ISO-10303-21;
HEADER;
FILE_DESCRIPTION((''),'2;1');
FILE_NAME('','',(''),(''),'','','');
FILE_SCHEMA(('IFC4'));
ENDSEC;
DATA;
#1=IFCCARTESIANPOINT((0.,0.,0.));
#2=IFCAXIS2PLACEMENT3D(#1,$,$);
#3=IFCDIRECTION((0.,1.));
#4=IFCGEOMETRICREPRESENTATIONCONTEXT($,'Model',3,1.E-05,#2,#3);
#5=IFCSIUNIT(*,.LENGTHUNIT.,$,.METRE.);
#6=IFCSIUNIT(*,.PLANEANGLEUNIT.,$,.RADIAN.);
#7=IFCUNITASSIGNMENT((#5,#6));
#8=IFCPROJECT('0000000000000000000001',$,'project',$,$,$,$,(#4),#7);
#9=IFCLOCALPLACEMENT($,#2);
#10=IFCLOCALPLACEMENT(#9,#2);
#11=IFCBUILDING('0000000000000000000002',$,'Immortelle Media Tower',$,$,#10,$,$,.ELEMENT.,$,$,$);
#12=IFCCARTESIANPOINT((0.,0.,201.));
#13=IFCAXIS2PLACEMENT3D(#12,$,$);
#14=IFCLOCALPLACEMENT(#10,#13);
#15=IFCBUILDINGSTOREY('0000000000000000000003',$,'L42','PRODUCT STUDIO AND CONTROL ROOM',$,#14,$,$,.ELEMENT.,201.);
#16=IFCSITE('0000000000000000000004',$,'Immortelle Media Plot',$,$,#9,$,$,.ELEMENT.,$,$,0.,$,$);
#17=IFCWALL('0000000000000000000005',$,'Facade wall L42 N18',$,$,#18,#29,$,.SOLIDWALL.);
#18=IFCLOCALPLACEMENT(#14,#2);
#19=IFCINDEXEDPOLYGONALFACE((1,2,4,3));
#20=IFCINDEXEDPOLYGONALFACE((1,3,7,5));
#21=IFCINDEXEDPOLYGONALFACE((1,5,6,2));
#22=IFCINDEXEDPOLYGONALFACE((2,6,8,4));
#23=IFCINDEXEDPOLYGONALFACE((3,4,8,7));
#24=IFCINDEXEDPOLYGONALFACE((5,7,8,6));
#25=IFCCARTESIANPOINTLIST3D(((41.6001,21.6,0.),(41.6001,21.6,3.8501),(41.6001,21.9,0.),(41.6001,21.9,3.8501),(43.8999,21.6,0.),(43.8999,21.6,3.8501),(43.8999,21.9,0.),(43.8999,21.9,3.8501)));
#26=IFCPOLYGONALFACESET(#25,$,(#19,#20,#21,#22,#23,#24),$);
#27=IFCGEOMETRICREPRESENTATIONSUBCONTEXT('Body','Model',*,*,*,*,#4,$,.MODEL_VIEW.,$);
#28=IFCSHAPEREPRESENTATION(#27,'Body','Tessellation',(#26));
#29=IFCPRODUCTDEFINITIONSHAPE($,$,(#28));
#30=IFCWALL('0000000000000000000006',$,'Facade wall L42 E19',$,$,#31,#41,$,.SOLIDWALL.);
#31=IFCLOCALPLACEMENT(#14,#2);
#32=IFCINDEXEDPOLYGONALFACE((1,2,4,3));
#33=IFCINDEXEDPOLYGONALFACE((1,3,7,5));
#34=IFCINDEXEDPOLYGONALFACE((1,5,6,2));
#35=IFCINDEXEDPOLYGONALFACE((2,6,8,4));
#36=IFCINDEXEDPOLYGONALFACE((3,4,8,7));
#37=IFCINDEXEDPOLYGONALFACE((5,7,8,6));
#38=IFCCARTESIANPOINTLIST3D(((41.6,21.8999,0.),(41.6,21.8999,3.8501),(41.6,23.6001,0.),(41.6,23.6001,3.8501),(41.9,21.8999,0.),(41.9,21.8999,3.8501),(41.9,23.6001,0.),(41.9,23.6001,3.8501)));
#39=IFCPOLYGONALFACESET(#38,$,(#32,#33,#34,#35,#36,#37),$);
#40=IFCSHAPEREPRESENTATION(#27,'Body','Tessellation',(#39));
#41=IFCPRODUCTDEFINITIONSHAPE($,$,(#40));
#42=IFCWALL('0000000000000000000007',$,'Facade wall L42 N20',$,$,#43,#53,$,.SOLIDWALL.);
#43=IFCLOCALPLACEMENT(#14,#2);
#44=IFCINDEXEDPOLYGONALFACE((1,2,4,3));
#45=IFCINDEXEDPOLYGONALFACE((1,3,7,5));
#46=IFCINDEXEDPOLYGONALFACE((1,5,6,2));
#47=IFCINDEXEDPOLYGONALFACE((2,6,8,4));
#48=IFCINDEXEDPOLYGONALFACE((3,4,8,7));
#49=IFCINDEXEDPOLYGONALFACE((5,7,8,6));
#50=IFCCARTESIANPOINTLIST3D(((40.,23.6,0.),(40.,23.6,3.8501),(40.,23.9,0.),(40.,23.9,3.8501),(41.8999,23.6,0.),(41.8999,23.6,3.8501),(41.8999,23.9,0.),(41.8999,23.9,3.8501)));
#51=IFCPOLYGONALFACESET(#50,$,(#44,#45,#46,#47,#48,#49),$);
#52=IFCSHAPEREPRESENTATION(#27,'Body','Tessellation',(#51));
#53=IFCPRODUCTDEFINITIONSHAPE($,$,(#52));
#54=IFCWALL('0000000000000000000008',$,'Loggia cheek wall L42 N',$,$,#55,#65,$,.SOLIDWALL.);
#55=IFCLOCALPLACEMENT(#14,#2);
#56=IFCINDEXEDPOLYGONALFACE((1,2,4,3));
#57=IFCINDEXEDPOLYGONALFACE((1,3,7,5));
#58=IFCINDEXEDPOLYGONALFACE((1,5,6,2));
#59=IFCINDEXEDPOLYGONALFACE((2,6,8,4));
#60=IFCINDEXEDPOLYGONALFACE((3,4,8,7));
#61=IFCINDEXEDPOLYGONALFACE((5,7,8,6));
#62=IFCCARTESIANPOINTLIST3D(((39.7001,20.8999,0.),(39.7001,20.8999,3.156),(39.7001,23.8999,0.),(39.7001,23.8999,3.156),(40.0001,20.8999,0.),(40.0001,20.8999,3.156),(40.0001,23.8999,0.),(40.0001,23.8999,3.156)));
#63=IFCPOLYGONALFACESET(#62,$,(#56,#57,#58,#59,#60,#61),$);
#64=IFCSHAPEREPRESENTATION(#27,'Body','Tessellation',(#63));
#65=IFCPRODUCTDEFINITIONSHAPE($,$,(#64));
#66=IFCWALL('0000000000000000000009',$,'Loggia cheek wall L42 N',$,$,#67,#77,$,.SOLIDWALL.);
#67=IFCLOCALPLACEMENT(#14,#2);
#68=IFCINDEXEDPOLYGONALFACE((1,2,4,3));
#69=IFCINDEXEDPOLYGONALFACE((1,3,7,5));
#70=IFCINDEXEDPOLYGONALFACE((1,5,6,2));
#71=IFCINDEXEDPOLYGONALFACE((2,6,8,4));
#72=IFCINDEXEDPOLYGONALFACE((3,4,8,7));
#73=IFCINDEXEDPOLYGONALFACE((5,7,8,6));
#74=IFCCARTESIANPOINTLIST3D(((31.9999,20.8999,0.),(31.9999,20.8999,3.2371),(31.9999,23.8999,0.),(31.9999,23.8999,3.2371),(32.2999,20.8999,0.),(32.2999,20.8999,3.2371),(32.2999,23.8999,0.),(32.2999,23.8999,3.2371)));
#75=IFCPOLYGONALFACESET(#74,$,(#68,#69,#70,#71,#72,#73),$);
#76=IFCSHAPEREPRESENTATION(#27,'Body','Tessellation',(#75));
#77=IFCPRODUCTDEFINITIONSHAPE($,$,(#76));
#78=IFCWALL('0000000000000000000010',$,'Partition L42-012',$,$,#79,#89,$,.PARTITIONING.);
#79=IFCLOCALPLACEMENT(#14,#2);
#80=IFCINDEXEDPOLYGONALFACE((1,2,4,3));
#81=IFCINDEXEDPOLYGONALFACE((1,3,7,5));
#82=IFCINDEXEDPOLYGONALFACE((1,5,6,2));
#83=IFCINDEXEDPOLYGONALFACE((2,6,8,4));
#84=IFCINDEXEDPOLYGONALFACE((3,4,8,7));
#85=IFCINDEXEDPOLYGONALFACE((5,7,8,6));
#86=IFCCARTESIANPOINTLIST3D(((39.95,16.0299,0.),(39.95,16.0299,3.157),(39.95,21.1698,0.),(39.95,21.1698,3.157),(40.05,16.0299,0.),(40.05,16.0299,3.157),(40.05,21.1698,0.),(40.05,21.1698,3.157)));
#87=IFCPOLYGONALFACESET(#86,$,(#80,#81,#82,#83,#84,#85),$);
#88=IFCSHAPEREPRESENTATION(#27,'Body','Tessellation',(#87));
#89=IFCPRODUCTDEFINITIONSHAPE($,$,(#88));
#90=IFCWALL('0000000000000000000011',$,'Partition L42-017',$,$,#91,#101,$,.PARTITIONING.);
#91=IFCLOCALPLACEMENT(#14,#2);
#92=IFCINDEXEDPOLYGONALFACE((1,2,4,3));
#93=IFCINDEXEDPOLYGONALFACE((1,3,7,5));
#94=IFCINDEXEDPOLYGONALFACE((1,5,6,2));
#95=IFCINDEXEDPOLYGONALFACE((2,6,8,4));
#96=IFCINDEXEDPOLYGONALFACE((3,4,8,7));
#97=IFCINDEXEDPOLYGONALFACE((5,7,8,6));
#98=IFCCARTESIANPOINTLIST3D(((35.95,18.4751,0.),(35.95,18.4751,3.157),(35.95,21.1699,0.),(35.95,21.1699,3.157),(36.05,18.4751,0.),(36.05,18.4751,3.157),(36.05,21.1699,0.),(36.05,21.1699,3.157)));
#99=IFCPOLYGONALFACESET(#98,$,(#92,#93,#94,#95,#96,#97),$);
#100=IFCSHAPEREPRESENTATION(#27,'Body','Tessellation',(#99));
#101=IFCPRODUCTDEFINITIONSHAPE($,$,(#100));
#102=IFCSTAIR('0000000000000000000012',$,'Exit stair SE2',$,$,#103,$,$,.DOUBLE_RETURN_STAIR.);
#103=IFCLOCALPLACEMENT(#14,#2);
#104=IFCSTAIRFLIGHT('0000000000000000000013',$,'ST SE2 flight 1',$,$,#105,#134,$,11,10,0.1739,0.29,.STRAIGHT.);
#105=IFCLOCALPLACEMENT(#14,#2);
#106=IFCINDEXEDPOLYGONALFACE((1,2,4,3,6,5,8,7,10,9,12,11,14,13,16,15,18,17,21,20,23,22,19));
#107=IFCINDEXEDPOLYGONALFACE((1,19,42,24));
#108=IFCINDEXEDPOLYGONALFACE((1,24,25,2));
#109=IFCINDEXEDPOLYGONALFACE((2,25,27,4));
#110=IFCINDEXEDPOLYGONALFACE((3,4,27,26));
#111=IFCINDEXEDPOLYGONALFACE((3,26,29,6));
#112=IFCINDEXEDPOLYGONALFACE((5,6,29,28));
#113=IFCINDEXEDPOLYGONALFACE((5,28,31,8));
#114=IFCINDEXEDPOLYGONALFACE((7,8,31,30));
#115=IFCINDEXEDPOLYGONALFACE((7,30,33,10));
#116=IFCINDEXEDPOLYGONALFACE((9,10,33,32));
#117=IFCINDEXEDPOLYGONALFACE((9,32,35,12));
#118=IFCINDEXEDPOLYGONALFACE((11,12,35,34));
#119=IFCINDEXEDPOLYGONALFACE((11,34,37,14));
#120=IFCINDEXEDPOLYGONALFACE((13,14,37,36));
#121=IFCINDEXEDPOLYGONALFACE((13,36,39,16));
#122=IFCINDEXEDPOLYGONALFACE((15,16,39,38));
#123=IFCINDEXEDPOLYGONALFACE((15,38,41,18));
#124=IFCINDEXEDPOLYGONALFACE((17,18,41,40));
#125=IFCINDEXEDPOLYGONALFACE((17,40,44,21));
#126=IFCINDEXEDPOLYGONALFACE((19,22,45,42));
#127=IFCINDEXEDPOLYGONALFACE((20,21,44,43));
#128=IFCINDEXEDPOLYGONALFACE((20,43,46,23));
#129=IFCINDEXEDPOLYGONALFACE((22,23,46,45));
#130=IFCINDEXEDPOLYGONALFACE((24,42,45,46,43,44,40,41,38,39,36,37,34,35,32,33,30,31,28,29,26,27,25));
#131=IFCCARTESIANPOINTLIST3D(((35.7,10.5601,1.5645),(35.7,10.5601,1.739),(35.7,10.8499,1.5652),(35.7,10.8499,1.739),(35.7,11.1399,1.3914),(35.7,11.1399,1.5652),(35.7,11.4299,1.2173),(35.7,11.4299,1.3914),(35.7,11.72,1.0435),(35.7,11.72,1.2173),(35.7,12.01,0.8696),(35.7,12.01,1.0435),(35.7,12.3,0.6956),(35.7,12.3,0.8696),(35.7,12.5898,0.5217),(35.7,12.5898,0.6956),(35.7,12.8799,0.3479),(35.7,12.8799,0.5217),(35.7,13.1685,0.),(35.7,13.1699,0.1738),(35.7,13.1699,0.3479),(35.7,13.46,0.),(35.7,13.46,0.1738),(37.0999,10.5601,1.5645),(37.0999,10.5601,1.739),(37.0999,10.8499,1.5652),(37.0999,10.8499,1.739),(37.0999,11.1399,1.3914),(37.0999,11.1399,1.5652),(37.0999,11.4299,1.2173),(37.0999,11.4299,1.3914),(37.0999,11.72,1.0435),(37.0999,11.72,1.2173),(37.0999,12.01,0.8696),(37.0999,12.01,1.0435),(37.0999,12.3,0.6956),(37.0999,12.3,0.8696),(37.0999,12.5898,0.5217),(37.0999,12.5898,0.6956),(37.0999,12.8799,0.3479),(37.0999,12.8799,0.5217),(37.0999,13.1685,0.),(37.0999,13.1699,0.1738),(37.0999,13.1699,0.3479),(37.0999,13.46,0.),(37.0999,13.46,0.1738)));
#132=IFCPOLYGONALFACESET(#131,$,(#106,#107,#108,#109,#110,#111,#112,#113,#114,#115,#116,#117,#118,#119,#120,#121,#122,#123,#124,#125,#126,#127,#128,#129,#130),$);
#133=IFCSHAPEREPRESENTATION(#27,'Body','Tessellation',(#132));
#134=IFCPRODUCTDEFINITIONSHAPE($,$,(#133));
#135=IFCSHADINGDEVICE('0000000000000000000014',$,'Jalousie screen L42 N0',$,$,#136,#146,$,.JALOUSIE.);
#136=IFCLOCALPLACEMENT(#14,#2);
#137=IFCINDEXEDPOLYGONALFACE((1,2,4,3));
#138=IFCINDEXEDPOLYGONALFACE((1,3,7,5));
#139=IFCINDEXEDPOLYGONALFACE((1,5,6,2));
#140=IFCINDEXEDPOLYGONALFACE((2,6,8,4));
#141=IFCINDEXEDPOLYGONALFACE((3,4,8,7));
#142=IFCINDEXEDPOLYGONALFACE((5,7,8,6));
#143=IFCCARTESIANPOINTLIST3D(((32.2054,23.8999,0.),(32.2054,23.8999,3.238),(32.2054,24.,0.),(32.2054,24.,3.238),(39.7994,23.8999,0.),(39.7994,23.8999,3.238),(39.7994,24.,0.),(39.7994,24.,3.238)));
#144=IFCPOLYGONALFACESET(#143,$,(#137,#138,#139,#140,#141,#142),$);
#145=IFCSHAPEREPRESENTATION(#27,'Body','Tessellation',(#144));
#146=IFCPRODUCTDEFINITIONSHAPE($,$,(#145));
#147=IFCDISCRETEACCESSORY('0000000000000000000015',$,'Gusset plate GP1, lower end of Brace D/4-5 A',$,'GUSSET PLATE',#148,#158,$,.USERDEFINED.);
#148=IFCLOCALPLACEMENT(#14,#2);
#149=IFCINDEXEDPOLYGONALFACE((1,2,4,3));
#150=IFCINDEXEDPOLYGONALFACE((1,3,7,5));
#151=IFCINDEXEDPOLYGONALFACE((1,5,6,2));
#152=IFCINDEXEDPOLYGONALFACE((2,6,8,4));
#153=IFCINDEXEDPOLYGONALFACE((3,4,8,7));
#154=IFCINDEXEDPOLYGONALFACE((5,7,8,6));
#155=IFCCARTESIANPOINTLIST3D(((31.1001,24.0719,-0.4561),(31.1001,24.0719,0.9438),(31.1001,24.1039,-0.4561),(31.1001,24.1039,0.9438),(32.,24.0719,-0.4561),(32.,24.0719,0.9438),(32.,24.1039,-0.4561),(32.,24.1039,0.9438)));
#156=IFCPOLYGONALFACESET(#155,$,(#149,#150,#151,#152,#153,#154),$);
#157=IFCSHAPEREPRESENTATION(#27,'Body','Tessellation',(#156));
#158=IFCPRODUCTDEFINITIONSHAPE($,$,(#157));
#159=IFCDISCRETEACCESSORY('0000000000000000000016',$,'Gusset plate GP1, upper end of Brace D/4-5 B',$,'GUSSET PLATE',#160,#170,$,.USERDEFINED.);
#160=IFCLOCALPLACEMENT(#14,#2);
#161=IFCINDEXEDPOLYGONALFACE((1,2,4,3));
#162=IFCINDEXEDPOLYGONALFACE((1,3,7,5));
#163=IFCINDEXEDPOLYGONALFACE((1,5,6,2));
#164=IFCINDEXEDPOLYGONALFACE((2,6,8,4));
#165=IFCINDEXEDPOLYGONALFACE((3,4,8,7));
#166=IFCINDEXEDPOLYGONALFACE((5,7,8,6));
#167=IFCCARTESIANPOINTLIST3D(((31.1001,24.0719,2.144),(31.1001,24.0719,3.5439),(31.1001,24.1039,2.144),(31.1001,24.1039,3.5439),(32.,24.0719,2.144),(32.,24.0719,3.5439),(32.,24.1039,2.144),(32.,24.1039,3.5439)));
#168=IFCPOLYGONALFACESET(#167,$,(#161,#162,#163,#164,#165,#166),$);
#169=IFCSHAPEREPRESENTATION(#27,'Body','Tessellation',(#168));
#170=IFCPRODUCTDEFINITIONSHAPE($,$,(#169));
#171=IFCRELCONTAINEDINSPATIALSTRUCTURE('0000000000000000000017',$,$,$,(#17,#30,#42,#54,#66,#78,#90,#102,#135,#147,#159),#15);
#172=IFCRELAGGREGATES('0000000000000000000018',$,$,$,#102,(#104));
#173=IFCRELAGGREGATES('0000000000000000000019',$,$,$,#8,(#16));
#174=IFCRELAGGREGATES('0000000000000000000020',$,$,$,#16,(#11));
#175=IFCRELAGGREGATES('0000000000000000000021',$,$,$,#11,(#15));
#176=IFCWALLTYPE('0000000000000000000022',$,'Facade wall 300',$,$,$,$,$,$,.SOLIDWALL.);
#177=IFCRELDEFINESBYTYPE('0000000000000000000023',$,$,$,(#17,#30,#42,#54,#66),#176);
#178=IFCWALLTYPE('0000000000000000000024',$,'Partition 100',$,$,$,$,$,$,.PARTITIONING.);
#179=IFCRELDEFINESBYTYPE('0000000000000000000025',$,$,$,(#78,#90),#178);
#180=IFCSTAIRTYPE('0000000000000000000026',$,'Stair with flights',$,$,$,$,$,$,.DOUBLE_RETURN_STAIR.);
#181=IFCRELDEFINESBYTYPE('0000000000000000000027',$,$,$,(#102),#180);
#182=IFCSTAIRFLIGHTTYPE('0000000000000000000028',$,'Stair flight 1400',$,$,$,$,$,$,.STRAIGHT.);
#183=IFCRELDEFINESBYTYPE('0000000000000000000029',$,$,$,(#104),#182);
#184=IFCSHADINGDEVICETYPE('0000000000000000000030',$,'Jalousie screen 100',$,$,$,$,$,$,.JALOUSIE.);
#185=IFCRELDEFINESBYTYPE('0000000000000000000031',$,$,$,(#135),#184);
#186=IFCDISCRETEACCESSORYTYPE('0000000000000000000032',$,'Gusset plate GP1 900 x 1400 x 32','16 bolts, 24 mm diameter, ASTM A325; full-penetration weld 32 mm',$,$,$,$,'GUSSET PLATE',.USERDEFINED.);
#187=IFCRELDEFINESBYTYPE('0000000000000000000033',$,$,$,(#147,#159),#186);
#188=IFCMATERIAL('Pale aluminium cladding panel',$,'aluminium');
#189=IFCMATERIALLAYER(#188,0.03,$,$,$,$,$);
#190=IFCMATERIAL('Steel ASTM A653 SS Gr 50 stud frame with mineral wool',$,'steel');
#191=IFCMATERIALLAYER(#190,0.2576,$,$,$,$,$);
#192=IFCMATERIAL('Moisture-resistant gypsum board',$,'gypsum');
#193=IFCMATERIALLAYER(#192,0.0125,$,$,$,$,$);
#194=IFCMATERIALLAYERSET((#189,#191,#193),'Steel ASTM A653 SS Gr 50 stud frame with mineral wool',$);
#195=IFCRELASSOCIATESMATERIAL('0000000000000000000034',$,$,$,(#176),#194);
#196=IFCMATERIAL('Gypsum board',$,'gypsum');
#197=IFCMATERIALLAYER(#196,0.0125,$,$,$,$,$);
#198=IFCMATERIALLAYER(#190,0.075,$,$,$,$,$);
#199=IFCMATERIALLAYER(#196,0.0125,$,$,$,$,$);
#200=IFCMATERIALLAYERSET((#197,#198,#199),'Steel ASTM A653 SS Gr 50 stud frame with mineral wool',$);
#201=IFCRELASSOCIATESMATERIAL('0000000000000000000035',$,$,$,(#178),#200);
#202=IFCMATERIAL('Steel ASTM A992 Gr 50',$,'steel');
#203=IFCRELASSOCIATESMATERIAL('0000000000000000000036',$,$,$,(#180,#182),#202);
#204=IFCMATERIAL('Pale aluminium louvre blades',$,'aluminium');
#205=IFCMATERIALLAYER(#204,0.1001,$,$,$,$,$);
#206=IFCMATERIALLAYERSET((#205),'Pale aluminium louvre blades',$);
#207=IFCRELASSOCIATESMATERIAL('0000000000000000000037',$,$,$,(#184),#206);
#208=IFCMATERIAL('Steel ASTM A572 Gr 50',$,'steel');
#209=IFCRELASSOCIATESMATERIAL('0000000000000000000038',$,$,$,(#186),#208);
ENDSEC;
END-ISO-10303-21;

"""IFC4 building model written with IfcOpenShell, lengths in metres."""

from ifc_helpers import new_model, si_unit, direction, frame, frame_2d, origin, origin_2d, place, context, subcontext, project, spatial, polyline, rectangle, outline, extrude, material, layer, layer_set, material_profile, profile_set, type_object, element, aggregate, save


model = new_model("IFC4")

# Units and contexts
model_context = context("Model", 3, precision=1e-05, world=origin(), true_north=direction((0.0, 1.0)))
body_context = subcontext(model_context, "Body", "Model", "MODEL_VIEW")
ifc_project = project(units=[si_unit("LENGTHUNIT", "METRE"), si_unit("PLANEANGLEUNIT", "RADIAN")], contexts=[model_context])

# Site, building, storey
site_placement = place(None, origin())
site = spatial("IfcSite", under=ifc_project, at=site_placement, Name="Immortelle Media Plot", CompositionType="ELEMENT", RefElevation=0.0)
building_placement = place(site_placement, origin())
building = spatial("IfcBuilding", under=site, at=building_placement, Name="Immortelle Media Tower", CompositionType="ELEMENT")
storey_placement = place(building_placement, frame((0.0, 0.0, 201.0)))
storey = spatial("IfcBuildingStorey", under=building, at=storey_placement, Name="L42", Description="PRODUCT STUDIO AND CONTROL ROOM", CompositionType="ELEMENT", Elevation=201.0)

# Shared definitions
ifc_material_1 = material(Name="Steel ASTM A992 Gr 50", Category="steel")

# Walls
ifc_material_2 = material(Name="Steel ASTM A653 SS Gr 50 stud frame with mineral wool", Category="steel")
ifc_material_3 = material(Name="Pale aluminium cladding panel", Category="aluminium")
ifc_layer_1 = layer(ifc_material_3, 0.03)
ifc_layer_2 = layer(ifc_material_2, 0.2576)
ifc_material_4 = material(Name="Moisture-resistant gypsum board", Category="gypsum")
ifc_layer_3 = layer(ifc_material_4, 0.0125)
ifc_layer_set_1 = layer_set([ifc_layer_1, ifc_layer_2, ifc_layer_3], Name="Steel ASTM A653 SS Gr 50 stud frame with mineral wool")
wall_type_1 = type_object("IfcWallType", Name="Facade wall 300", PredefinedType="SOLIDWALL", material=ifc_layer_set_1)
wall_1_placement = place(storey_placement, frame((43.8999, 21.75, 0.0), z_axis=(0.0, 0.0, 1.0), x_axis=(-1.0, 0.0, 0.0)))
element("IfcWall", 1, at=wall_1_placement, inside=storey, type_object=wall_type_1, Name="Facade wall L42 N18", PredefinedType="SOLIDWALL", context=body_context, shape_type="SweptSolid", body=[
    extrude(rectangle(XDim=2.2998, YDim=0.3, at=frame_2d((1.1499, 0.0))), origin(), (0.0, 0.0, 1.0), 3.8501),
])
wall_2_placement = place(storey_placement, frame((41.75, 21.8999, 0.0), z_axis=(0.0, 0.0, 1.0), x_axis=(0.0, 1.0, 0.0)))
element("IfcWall", 2, at=wall_2_placement, inside=storey, type_object=wall_type_1, Name="Facade wall L42 E19", PredefinedType="SOLIDWALL", context=body_context, shape_type="SweptSolid", body=[
    extrude(rectangle(XDim=1.7002, YDim=0.3, at=frame_2d((0.8501, 0.0))), origin(), (0.0, 0.0, 1.0), 3.8501),
])
wall_3_placement = place(storey_placement, frame((41.8999, 23.75, 0.0), z_axis=(0.0, 0.0, 1.0), x_axis=(-1.0, 0.0, 0.0)))
element("IfcWall", 3, at=wall_3_placement, inside=storey, type_object=wall_type_1, Name="Facade wall L42 N20", PredefinedType="SOLIDWALL", context=body_context, shape_type="SweptSolid", body=[
    extrude(rectangle(XDim=1.8999, YDim=0.3, at=frame_2d((0.95, 0.0))), origin(), (0.0, 0.0, 1.0), 3.8501),
])

# Walls
wall_4_placement = place(storey_placement, frame((39.8501, 23.8999, 0.0), z_axis=(0.0, 0.0, 1.0), x_axis=(0.0, -1.0, 0.0)))
element("IfcWall", 4, at=wall_4_placement, inside=storey, type_object=wall_type_1, Name="Loggia cheek wall L42 N", PredefinedType="SOLIDWALL", context=body_context, shape_type="SweptSolid", body=[
    extrude(rectangle(XDim=3.0, YDim=0.3, at=frame_2d((1.5, 0.0))), origin(), (0.0, 0.0, 1.0), 3.156),
])
wall_5_placement = place(storey_placement, frame((32.1499, 23.8999, 0.0), z_axis=(0.0, 0.0, 1.0), x_axis=(0.0, -1.0, 0.0)))
element("IfcWall", 5, at=wall_5_placement, inside=storey, type_object=wall_type_1, Name="Loggia cheek wall L42 N", PredefinedType="SOLIDWALL", context=body_context, shape_type="SweptSolid", body=[
    extrude(rectangle(XDim=3.0, YDim=0.3, at=frame_2d((1.5, 0.0))), origin(), (0.0, 0.0, 1.0), 3.2371),
])
ifc_material_5 = material(Name="Gypsum board", Category="gypsum")
ifc_layer_4 = layer(ifc_material_5, 0.0125)
ifc_layer_5 = layer(ifc_material_2, 0.075)
ifc_layer_6 = layer(ifc_material_5, 0.0125)
ifc_layer_set_2 = layer_set([ifc_layer_4, ifc_layer_5, ifc_layer_6], Name="Steel ASTM A653 SS Gr 50 stud frame with mineral wool")
wall_type_2 = type_object("IfcWallType", Name="Partition 100", PredefinedType="PARTITIONING", material=ifc_layer_set_2)
wall_6_placement = place(storey_placement, frame((40.0, 16.03, 0.0), z_axis=(0.0, 0.0, 1.0), x_axis=(0.0, 1.0, 0.0)))
element("IfcWall", 6, at=wall_6_placement, inside=storey, type_object=wall_type_2, Name="Partition L42-012", PredefinedType="PARTITIONING", context=body_context, shape_type="SweptSolid", body=[
    extrude(rectangle(XDim=5.1399, YDim=0.1001, at=frame_2d((2.5698, 0.0))), origin(), (0.0, 0.0, 1.0), 3.157),
])
wall_7_placement = place(storey_placement, frame((36.0, 18.4751, 0.0), z_axis=(0.0, 0.0, 1.0), x_axis=(0.0, 1.0, 0.0)))
element("IfcWall", 7, at=wall_7_placement, inside=storey, type_object=wall_type_2, Name="Partition L42-017", PredefinedType="PARTITIONING", context=body_context, shape_type="SweptSolid", body=[
    extrude(rectangle(XDim=2.6948, YDim=0.1001, at=frame_2d((1.3474, 0.0))), origin(), (0.0, 0.0, 1.0), 3.157),
])

# Stair, stair flight
stair_type = type_object("IfcStairType", Name="Stair with flights", PredefinedType="DOUBLE_RETURN_STAIR", material=ifc_material_1)
stair_placement = place(storey_placement, origin())
stair = element("IfcStair", 8, at=stair_placement, inside=storey, type_object=stair_type, Name="Exit stair SE2", PredefinedType="DOUBLE_RETURN_STAIR")
stair_flight_type = type_object("IfcStairFlightType", Name="Stair flight 1400", PredefinedType="STRAIGHT", material=ifc_material_1)
stair_flight_placement = place(storey_placement, frame((36.3999, 13.46, 0.0), z_axis=(0.0, 0.0, 1.0), x_axis=(0.0, -1.0, 0.0)))
stair_flight = element("IfcStairFlight", 9, at=stair_flight_placement, type_object=stair_flight_type, Name="ST SE2 flight 1", NumberOfRisers=11, NumberOfTreads=10, PredefinedType="STRAIGHT", RiserHeight=0.1739, TreadLength=0.29, context=body_context, shape_type="SweptSolid", body=[
    extrude(outline(polyline([(0.0, 0.0), (0.0, 0.1738), (0.29, 0.1738), (0.29, 0.3479), (0.5801, 0.3479), (0.5801, 0.5217), (0.8701, 0.5217), (0.8701, 0.6956), (1.1599, 0.6956), (1.1599, 0.8696), (1.45, 0.8696), (1.45, 1.0435), (1.74, 1.0435), (1.74, 1.2173), (2.03, 1.2173), (2.03, 1.3914), (2.3201, 1.3914), (2.3201, 1.5652), (2.6101, 1.5652), (2.6101, 1.739), (2.8999, 1.739), (2.8999, 1.9131), (2.8999, 1.5645), (0.2915, 0.0), (0.0, 0.0)])), frame((0.0, 0.7, 0.0), z_axis=(0.0, -1.0, 0.0), x_axis=(1.0, 0.0, 0.0)), (0.0, 0.0, 1.0), 1.3999),
])
aggregate(stair, [stair_flight])

# Shading device
ifc_material_6 = material(Name="Pale aluminium louvre blades", Category="aluminium")
ifc_layer_7 = layer(ifc_material_6, 0.1001)
ifc_layer_set_3 = layer_set([ifc_layer_7], Name="Pale aluminium louvre blades")
shading_device_type = type_object("IfcShadingDeviceType", Name="Jalousie screen 100", PredefinedType="JALOUSIE", material=ifc_layer_set_3)
shading_device_placement = place(storey_placement, frame((36.0024, 23.95, 0.0), z_axis=(0.0, 0.0, 1.0), x_axis=(-1.0, 0.0, 0.0)))
element("IfcShadingDevice", 10, at=shading_device_placement, inside=storey, type_object=shading_device_type, Name="Jalousie screen L42 N0", PredefinedType="JALOUSIE", context=body_context, shape_type="SweptSolid", body=[
    extrude(rectangle(XDim=7.594, YDim=0.1001, at=origin_2d()), origin(), (0.0, 0.0, 1.0), 3.238),
])

# Discrete accessories
ifc_material_7 = material(Name="Steel ASTM A572 Gr 50", Category="steel")
ifc_material_profile_1 = material_profile(ifc_material_7, rectangle(XDim=0.032, YDim=1.3999, at=origin_2d()), Name="PL 32 x 1400")
ifc_profile_set_1 = profile_set([ifc_material_profile_1], Name="Steel ASTM A572 Gr 50")
discrete_accessory_type = type_object("IfcDiscreteAccessoryType", Name="Gusset plate GP1 900 x 1400 x 32", Description="16 bolts, 24 mm diameter, ASTM A325; full-penetration weld 32 mm", ElementType="GUSSET PLATE", PredefinedType="USERDEFINED", material=ifc_profile_set_1)
for number, where, z_axis, x_axis, name in (
    (11, (32.0, 24.0879, 0.2439), (-1.0, 0.0, 0.0), (0.0, -1.0, 0.0), "Gusset plate GP1, lower end of Brace D/4-5 A"),
    (12, (32.0, 24.0879, 2.844), (-1.0, 0.0, 0.0), (0.0, -1.0, 0.0), "Gusset plate GP1, upper end of Brace D/4-5 B"),
):
    element("IfcDiscreteAccessory", number, at=place(storey_placement, frame(where, z_axis=z_axis, x_axis=x_axis)), inside=storey, type_object=discrete_accessory_type, Name=name, ObjectType="GUSSET PLATE", PredefinedType="USERDEFINED", context=body_context, shape_type="SweptSolid", body=[
        extrude(rectangle(XDim=0.032, YDim=1.3999, at=origin_2d()), origin(), (0.0, 0.0, 1.0), 0.8999),
    ])

save(model, "model.ifc")
